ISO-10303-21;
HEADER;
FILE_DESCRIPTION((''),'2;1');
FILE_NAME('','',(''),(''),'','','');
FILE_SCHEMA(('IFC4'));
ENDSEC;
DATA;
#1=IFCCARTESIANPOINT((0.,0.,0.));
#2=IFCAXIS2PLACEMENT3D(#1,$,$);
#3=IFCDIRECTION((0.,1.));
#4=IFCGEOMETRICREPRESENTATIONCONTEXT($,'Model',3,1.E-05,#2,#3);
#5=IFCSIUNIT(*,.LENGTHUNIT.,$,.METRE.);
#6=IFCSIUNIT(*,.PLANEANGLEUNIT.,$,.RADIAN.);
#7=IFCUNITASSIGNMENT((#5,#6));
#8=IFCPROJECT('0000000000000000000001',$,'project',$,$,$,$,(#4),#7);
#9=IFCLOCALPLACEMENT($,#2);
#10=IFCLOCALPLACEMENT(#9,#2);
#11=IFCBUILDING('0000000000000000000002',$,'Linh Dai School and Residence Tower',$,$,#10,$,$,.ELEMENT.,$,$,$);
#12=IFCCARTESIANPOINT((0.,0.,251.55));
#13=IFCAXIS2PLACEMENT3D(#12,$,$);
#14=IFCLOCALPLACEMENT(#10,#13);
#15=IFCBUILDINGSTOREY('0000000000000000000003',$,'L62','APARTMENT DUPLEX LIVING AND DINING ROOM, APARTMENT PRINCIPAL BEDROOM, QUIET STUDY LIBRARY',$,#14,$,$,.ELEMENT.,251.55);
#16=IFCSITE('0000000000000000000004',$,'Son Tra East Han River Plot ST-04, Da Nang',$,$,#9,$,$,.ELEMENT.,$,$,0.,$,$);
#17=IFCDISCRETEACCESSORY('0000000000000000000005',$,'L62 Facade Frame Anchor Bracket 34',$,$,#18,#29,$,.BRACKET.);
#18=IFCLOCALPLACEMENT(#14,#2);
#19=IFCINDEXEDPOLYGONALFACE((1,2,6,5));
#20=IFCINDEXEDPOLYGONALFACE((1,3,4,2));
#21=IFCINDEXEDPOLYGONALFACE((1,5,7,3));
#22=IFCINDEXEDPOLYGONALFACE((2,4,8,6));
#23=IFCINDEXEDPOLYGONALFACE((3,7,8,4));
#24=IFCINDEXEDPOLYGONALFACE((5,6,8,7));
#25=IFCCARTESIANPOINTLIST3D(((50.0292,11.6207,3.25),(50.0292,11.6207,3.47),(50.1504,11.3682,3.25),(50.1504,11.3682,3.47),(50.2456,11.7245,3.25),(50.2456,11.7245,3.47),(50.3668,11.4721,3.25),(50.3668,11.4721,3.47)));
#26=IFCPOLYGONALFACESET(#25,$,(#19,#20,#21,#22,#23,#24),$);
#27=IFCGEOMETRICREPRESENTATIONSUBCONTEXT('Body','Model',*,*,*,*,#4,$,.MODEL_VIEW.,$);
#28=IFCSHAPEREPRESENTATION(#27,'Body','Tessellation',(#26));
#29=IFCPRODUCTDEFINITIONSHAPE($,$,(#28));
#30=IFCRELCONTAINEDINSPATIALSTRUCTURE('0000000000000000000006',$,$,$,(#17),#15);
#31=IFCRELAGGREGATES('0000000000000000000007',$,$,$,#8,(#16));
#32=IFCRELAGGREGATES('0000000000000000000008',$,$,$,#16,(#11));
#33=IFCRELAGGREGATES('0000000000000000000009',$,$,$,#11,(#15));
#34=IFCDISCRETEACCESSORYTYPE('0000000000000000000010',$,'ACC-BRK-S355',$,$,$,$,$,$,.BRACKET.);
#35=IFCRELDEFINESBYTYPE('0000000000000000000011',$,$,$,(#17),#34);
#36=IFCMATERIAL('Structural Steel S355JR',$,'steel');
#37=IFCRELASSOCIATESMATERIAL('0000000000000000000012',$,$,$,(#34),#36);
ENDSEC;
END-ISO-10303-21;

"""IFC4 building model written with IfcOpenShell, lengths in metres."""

from ifc_helpers import new_model, si_unit, direction, frame, origin, origin_2d, place, context, subcontext, project, spatial, rectangle, extrude, source, transform, mapped, material, type_object, element, save


model = new_model("IFC4")

# Units and contexts
model_context = context("Model", 3, precision=1e-05, world=origin(), true_north=direction((0.0, 1.0)))
body_context = subcontext(model_context, "Body", "Model", "MODEL_VIEW")
ifc_project = project(units=[si_unit("LENGTHUNIT", "METRE"), si_unit("PLANEANGLEUNIT", "RADIAN")], contexts=[model_context])

# Site, building, storey
site_placement = place(None, origin())
site = spatial("IfcSite", under=ifc_project, at=site_placement, Name="Son Tra East Han River Plot ST-04, Da Nang", CompositionType="ELEMENT", RefElevation=0.0)
building_placement = place(site_placement, origin())
building = spatial("IfcBuilding", under=site, at=building_placement, Name="Linh Dai School and Residence Tower", CompositionType="ELEMENT")
storey_placement = place(building_placement, frame((0.0, 0.0, 251.55)))
storey = spatial("IfcBuildingStorey", under=building, at=storey_placement, Name="L62", Description="APARTMENT DUPLEX LIVING AND DINING ROOM, APARTMENT PRINCIPAL BEDROOM, QUIET STUDY LIBRARY", CompositionType="ELEMENT", Elevation=251.55)

# Shared definitions
ifc_material_1 = material(Name="Structural Steel S355JR", Category="steel")

# Discrete accessory
discrete_accessory_type = type_object("IfcDiscreteAccessoryType", Name="ACC-BRK-S355", PredefinedType="BRACKET", material=ifc_material_1)
shared_shape_1 = source(origin(), body_context, "Body", "SweptSolid", [
    extrude(rectangle(XDim=0.28, YDim=0.24, at=origin_2d()), origin(), (0.0, 0.0, 1.0), 0.22),
])
discrete_accessory_placement = place(storey_placement, frame((50.198, 11.5464, 3.25), z_axis=(0.0, 0.0, 1.0), x_axis=(0.432594, -0.901589, 0.0)))
element("IfcDiscreteAccessory", 1, at=discrete_accessory_placement, inside=storey, type_object=discrete_accessory_type, Name="L62 Facade Frame Anchor Bracket 34", PredefinedType="BRACKET", context=body_context, shape_type="MappedRepresentation", body=[
    mapped(shared_shape_1, transform((0.0, 0.0, 0.0), x_axis=(1.0, 0.0, 0.0), y_axis=(0.0, 1.0, 0.0), z_axis=(0.0, 0.0, 1.0), scale=1.0)),
])

save(model, "model.ifc")
